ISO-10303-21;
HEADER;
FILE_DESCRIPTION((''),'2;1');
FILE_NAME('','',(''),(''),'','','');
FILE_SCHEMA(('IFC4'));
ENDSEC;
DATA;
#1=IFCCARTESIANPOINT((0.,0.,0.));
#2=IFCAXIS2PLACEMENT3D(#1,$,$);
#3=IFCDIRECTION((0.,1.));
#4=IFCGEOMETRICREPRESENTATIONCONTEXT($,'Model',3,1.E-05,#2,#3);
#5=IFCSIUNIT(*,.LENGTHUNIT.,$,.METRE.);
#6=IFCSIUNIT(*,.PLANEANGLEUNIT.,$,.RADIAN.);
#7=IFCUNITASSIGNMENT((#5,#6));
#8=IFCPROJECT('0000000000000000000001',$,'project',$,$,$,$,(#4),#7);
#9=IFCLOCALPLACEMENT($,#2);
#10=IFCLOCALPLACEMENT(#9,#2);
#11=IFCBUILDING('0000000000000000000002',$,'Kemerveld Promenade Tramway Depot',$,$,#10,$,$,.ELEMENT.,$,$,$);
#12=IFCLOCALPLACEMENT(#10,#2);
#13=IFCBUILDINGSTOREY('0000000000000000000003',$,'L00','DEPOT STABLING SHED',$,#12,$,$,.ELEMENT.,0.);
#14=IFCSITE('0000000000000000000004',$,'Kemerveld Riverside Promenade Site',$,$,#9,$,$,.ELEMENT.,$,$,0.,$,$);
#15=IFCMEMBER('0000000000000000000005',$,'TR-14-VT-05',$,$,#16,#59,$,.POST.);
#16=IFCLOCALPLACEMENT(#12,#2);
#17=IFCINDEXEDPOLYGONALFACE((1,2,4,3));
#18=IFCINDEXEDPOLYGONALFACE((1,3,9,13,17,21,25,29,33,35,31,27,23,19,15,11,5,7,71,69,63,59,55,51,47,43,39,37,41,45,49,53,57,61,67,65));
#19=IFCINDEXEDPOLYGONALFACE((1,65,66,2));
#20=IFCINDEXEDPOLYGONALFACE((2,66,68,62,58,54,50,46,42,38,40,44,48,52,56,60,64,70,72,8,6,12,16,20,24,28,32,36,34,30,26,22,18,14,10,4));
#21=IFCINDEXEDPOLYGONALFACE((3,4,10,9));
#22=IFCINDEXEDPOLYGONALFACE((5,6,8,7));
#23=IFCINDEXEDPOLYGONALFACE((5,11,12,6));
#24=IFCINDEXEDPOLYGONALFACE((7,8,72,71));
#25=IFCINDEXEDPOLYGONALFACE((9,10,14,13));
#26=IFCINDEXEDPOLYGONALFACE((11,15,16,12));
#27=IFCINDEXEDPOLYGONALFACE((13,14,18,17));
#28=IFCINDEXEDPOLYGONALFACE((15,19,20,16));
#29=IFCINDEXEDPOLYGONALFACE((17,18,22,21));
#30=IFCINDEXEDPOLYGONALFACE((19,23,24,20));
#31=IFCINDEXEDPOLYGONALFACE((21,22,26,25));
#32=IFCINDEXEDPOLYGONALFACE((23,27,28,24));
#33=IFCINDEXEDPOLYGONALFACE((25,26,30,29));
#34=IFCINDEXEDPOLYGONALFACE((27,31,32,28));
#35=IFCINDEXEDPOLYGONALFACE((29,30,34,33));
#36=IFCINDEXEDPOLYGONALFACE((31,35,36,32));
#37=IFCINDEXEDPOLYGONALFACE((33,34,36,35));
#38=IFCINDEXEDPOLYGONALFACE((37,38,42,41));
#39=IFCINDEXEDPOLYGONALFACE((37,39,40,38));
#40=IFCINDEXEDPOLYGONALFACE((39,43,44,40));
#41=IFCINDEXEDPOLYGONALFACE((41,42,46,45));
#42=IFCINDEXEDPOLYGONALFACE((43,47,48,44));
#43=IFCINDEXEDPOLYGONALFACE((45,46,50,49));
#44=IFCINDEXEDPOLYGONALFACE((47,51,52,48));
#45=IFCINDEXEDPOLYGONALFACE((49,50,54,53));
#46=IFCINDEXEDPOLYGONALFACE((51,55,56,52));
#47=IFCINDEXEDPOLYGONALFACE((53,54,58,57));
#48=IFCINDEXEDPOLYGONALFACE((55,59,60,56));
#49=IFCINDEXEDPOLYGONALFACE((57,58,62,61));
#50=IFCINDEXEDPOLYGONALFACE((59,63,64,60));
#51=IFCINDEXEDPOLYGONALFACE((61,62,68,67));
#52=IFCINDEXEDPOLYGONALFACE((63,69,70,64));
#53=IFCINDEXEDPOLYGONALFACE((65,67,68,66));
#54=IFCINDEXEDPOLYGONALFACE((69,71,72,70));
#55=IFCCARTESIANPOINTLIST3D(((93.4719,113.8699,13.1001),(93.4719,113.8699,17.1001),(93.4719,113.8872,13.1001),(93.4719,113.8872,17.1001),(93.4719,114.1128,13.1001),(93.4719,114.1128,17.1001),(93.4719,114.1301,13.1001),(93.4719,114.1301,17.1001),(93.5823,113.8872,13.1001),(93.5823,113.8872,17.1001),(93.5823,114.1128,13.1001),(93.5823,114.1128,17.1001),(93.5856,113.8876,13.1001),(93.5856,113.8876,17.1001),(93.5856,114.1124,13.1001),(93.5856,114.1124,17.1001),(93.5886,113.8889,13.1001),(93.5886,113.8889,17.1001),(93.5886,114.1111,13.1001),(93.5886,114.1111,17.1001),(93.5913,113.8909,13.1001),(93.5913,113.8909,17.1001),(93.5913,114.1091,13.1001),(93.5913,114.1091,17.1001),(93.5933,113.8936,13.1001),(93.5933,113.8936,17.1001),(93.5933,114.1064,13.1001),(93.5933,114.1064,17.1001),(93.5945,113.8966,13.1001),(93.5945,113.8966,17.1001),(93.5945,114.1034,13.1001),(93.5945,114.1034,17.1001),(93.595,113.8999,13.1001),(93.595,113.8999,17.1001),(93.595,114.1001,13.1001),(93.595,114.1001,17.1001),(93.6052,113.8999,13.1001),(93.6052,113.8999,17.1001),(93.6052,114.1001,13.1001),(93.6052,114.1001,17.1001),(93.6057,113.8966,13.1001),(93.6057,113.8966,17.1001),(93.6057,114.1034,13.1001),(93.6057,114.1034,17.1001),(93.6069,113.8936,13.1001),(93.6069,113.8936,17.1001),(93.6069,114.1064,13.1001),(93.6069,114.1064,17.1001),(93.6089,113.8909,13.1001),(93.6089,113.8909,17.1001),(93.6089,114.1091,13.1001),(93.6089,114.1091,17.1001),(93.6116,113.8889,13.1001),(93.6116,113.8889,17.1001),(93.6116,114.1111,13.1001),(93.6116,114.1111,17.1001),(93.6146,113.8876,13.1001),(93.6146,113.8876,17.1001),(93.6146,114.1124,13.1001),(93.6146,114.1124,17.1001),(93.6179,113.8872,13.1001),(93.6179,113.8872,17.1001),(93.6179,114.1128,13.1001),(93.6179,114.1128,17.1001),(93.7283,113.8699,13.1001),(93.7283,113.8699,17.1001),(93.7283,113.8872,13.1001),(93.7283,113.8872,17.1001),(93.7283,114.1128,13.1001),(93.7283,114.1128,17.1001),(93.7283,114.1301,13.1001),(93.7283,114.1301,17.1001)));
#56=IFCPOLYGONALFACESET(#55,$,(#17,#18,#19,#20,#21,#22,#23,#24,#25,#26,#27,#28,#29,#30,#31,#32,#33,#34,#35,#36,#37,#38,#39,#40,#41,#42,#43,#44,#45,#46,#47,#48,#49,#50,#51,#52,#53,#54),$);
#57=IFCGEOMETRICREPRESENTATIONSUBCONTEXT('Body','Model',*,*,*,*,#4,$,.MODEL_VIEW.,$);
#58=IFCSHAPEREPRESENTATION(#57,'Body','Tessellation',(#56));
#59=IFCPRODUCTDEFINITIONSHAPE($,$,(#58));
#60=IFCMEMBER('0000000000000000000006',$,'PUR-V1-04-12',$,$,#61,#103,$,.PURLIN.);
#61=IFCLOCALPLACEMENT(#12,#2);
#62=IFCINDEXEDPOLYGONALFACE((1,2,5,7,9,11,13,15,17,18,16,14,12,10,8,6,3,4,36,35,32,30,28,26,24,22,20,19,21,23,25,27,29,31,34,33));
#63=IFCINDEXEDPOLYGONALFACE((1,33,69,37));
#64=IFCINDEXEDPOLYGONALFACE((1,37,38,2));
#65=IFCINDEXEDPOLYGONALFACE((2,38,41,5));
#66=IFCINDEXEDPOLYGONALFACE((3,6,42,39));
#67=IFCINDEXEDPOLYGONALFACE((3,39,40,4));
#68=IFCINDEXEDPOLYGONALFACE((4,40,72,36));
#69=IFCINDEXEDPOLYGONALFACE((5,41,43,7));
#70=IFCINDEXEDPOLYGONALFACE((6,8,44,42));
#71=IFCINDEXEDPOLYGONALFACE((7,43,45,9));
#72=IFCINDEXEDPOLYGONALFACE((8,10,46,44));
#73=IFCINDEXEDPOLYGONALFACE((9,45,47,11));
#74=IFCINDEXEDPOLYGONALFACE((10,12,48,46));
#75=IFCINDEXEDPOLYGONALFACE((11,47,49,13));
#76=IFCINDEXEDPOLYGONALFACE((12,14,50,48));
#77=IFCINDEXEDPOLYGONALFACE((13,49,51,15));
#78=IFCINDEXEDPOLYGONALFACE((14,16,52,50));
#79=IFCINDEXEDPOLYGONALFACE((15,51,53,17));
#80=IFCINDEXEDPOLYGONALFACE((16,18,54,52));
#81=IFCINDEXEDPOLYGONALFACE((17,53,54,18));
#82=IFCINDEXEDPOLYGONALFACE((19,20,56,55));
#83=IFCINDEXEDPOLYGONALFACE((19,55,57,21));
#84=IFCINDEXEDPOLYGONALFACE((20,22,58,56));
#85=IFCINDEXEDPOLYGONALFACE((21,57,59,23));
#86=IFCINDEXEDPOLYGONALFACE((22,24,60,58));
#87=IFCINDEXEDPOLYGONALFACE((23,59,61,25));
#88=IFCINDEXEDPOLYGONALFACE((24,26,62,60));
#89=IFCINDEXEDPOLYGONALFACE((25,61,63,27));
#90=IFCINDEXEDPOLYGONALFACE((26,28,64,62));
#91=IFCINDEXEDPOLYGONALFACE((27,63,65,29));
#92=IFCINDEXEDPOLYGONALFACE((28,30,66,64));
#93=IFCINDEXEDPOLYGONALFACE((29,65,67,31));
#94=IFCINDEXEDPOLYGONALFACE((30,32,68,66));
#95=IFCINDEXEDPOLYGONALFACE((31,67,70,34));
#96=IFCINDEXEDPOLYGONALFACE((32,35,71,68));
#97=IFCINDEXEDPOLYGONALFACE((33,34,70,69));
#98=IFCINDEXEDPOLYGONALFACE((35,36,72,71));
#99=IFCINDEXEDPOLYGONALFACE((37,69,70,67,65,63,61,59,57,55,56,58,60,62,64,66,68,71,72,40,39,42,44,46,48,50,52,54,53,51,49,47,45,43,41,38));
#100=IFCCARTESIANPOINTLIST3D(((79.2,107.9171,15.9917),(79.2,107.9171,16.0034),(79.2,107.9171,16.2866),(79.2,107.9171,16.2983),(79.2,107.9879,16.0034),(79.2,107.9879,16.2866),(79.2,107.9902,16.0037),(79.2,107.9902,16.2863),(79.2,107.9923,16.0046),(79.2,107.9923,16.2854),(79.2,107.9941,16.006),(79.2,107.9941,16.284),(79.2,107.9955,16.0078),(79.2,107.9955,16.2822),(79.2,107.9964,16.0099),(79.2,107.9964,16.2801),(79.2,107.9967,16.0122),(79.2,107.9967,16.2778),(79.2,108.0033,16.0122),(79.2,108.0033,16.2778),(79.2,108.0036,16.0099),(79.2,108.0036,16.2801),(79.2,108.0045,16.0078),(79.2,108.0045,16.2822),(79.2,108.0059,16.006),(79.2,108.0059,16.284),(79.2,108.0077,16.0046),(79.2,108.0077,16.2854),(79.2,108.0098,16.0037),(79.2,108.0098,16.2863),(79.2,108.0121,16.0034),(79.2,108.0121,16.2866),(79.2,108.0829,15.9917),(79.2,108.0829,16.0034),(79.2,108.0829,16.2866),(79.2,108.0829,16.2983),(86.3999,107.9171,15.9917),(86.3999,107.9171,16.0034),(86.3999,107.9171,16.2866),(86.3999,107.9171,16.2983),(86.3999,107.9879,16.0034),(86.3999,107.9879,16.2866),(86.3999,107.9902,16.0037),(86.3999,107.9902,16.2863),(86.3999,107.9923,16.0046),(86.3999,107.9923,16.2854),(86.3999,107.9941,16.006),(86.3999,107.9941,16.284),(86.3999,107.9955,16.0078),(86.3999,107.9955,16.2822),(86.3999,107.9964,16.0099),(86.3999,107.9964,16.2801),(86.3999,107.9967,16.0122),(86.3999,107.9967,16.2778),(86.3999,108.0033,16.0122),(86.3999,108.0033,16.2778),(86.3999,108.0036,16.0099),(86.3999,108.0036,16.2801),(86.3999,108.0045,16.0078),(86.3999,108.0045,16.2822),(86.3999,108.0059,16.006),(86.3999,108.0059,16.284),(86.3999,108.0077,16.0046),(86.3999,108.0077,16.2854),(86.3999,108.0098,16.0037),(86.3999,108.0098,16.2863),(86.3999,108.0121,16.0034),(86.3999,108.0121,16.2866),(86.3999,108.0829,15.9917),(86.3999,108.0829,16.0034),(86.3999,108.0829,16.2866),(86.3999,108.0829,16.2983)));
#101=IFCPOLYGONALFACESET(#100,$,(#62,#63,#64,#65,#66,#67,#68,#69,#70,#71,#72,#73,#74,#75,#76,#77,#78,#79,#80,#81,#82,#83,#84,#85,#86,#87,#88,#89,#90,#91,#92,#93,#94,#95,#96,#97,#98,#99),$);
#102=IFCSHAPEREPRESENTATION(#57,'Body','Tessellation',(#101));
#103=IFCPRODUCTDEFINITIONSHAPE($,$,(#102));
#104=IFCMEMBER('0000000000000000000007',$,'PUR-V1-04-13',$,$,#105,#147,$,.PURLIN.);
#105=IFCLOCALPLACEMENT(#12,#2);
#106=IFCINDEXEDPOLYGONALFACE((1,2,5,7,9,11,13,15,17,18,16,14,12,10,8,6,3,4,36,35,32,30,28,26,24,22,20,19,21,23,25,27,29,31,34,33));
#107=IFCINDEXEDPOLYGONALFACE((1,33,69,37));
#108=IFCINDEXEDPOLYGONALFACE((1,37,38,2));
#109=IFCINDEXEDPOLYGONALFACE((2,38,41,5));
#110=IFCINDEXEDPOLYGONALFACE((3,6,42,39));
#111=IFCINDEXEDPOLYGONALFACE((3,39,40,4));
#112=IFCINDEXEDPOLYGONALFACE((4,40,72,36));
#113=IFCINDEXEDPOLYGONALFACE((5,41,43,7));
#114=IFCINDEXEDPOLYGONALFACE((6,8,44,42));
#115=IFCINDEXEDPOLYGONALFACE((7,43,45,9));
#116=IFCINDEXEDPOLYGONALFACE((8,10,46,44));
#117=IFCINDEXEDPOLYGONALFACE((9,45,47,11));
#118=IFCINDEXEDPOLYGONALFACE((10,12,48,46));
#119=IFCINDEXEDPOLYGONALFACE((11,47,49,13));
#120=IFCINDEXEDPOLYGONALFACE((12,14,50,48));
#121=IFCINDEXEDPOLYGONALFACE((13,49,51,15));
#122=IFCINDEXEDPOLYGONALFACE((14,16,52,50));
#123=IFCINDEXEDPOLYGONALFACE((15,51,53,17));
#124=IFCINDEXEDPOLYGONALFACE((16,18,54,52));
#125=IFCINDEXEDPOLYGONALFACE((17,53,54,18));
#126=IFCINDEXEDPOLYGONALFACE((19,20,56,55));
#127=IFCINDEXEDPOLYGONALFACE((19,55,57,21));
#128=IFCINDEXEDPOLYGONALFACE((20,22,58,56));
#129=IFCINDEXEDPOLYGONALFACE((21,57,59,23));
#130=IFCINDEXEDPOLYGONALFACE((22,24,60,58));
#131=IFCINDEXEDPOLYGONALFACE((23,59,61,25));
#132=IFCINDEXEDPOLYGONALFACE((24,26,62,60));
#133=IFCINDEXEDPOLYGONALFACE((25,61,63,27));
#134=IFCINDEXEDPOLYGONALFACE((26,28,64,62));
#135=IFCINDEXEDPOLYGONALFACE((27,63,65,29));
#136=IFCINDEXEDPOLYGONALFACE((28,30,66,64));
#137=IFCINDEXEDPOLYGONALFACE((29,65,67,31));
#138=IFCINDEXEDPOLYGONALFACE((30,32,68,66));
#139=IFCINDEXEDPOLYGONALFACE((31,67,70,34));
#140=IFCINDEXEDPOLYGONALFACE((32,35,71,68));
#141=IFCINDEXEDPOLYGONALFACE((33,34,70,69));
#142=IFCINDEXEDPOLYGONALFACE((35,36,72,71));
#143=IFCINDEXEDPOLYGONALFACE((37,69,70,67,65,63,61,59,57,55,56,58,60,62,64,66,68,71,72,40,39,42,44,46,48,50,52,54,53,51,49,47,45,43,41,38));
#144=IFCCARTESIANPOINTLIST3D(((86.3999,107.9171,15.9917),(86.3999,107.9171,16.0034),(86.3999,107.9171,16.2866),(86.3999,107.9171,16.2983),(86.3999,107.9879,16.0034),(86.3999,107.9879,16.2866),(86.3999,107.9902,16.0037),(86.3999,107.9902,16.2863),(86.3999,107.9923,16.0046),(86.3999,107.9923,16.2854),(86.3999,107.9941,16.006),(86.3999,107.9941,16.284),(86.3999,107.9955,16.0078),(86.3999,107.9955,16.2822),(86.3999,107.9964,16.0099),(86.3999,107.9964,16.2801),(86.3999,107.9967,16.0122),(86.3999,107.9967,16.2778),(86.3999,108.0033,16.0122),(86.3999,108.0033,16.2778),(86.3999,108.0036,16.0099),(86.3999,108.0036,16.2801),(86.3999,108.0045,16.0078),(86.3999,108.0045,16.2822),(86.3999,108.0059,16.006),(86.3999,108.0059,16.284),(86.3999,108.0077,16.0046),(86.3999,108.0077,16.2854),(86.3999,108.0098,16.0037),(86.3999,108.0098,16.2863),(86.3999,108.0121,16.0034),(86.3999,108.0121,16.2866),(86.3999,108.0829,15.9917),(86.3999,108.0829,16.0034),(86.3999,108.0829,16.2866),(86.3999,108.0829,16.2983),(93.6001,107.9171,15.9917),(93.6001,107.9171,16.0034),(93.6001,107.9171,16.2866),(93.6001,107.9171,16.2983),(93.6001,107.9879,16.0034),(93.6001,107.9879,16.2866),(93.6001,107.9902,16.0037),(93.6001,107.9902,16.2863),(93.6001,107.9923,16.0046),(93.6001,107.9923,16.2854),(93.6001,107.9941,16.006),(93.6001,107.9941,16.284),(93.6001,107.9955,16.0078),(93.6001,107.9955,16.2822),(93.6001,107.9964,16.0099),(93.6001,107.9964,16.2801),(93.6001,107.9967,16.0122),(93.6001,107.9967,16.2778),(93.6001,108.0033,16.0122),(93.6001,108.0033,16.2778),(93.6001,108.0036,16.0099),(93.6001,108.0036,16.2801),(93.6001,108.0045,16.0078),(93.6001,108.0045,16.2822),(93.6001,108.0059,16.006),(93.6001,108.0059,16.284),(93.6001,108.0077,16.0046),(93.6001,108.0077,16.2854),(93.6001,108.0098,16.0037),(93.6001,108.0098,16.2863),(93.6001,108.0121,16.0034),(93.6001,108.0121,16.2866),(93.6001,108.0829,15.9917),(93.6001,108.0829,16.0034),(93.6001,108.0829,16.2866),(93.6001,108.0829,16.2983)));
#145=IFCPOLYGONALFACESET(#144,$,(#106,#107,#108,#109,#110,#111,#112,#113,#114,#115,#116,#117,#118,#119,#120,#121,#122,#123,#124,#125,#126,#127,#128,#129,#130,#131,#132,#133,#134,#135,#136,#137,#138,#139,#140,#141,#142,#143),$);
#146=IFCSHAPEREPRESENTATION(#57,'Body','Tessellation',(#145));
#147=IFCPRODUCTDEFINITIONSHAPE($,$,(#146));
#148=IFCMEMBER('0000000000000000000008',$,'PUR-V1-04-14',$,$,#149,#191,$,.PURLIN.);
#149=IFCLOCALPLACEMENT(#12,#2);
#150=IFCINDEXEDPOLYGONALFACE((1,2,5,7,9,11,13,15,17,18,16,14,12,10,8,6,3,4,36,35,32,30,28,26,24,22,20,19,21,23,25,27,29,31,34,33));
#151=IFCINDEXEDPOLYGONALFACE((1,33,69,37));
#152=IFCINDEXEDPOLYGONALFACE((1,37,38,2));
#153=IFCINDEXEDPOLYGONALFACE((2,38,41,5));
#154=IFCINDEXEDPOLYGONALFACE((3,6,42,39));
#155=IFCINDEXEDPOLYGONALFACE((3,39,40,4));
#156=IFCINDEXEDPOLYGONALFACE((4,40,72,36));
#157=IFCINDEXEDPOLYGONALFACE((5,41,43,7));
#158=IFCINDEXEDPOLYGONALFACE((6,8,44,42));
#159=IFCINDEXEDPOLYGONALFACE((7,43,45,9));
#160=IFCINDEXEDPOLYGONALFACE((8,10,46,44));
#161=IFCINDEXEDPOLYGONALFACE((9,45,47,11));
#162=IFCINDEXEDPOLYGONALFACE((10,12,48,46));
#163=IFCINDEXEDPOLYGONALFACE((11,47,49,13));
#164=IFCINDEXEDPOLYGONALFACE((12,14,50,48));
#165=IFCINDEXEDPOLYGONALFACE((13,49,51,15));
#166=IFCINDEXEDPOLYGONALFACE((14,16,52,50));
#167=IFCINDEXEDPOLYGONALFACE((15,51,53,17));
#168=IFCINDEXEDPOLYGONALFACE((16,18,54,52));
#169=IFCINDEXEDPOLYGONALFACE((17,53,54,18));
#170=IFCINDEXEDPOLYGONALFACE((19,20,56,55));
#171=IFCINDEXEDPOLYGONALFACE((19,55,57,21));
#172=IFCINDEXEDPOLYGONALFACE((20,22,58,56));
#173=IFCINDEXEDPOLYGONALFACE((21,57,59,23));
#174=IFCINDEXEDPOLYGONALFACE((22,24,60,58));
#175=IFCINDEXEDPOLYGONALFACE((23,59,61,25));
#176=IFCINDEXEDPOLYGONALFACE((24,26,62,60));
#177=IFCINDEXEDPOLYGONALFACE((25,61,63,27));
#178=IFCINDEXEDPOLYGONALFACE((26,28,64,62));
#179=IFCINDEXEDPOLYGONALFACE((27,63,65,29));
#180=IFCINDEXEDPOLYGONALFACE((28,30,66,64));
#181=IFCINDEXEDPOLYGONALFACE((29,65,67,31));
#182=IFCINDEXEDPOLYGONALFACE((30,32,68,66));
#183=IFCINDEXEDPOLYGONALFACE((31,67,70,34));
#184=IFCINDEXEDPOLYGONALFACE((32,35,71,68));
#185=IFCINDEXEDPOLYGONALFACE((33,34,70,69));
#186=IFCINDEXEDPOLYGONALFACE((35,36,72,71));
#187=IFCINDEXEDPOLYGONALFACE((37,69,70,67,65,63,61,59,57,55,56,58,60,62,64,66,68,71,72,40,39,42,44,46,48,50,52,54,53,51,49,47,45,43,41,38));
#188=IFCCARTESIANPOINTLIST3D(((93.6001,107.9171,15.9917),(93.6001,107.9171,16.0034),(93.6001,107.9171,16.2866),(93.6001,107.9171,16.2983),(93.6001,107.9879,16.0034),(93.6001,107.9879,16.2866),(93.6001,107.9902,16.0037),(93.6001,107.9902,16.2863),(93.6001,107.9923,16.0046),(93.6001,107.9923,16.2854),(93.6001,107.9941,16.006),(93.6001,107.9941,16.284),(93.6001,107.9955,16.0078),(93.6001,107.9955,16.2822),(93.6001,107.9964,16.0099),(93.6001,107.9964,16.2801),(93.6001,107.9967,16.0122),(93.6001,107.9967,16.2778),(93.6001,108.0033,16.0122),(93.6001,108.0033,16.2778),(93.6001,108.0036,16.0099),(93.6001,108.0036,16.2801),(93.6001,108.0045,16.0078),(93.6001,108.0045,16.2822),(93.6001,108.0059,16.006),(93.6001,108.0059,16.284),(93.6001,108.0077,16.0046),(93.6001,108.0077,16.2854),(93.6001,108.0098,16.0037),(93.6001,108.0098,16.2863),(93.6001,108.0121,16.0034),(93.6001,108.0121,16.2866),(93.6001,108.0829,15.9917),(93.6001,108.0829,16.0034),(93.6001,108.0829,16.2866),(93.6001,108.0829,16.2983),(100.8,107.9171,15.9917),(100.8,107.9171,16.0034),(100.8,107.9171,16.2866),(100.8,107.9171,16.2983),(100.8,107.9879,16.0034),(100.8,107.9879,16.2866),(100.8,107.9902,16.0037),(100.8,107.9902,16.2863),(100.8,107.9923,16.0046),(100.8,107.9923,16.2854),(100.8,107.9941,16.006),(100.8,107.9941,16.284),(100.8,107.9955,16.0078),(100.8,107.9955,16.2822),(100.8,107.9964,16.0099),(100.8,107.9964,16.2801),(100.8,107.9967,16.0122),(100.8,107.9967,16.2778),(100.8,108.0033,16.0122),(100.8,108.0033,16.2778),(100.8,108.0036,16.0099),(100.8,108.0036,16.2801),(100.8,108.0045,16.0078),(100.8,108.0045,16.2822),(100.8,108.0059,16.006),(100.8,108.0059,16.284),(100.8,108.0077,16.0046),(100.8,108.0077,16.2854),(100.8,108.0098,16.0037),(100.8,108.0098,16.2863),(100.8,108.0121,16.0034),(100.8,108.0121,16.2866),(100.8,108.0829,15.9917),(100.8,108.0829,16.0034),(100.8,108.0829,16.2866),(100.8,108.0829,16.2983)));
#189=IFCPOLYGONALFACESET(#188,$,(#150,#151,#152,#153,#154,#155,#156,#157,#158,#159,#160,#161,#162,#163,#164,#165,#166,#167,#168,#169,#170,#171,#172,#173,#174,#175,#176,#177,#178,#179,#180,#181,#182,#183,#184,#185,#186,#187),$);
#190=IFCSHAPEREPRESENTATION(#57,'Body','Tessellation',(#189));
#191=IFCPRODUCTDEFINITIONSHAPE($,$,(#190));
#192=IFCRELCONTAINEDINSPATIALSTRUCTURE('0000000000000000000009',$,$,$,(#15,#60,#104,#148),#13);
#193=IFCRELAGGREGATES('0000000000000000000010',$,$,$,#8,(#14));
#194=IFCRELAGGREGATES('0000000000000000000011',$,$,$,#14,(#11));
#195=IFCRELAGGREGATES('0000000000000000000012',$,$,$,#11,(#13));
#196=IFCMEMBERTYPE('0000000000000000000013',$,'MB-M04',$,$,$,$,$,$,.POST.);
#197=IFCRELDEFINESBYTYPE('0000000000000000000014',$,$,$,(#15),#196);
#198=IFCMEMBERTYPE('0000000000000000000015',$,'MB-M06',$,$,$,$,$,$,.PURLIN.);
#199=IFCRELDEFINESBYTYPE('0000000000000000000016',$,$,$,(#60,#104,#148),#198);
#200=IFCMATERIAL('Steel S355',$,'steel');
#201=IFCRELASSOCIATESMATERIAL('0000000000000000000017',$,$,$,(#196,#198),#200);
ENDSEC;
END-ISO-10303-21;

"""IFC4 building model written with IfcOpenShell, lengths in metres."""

from ifc_helpers import new_model, si_unit, direction, frame, origin, origin_2d, place, context, subcontext, project, spatial, i_section, extrude, material, material_profile, profile_set, type_object, element, save


model = new_model("IFC4")

# Units and contexts
model_context = context("Model", 3, precision=1e-05, world=origin(), true_north=direction((0.0, 1.0)))
body_context = subcontext(model_context, "Body", "Model", "MODEL_VIEW")
ifc_project = project(units=[si_unit("LENGTHUNIT", "METRE"), si_unit("PLANEANGLEUNIT", "RADIAN")], contexts=[model_context])

# Site, building, storey
site_placement = place(None, origin())
site = spatial("IfcSite", under=ifc_project, at=site_placement, Name="Kemerveld Riverside Promenade Site", CompositionType="ELEMENT", RefElevation=0.0)
building_placement = place(site_placement, origin())
building = spatial("IfcBuilding", under=site, at=building_placement, Name="Kemerveld Promenade Tramway Depot", CompositionType="ELEMENT")
storey_placement = place(building_placement, origin())
storey = spatial("IfcBuildingStorey", under=building, at=storey_placement, Name="L00", Description="DEPOT STABLING SHED", CompositionType="ELEMENT", Elevation=0.0)

# Members
ifc_material_1 = material(Name="Steel S355", Category="steel")
ifc_material_profile_1 = material_profile(ifc_material_1, i_section(OverallWidth=0.2563, OverallDepth=0.2603, WebThickness=0.0103, FlangeThickness=0.0173, FilletRadius=0.0127, at=origin_2d()), Name="254x254x89 UC")
ifc_profile_set_1 = profile_set([ifc_material_profile_1], Name="Steel S355")
member_type_1 = type_object("IfcMemberType", Name="MB-M04", PredefinedType="POST", material=ifc_profile_set_1)
member_1_placement = place(storey_placement, frame((93.6001, 114.0, 13.1001), z_axis=(0.0, 0.0, 1.0), x_axis=(1.0, 0.0, 0.0)))
element("IfcMember", 1, at=member_1_placement, inside=storey, type_object=member_type_1, Name="TR-14-VT-05", PredefinedType="POST", context=body_context, shape_type="SweptSolid", body=[
    extrude(i_section(OverallWidth=0.2563, OverallDepth=0.2603, WebThickness=0.0103, FlangeThickness=0.0173, FilletRadius=0.0127, at=origin_2d()), origin(), (0.0, 0.0, 1.0), 4.0),
])
ifc_material_profile_2 = material_profile(ifc_material_1, i_section(OverallWidth=0.1658, OverallDepth=0.3066, WebThickness=0.0066, FlangeThickness=0.0117, FilletRadius=0.0088, at=origin_2d()), Name="305x165x46 UB")
ifc_profile_set_2 = profile_set([ifc_material_profile_2], Name="Steel S355")
member_type_2 = type_object("IfcMemberType", Name="MB-M06", PredefinedType="PURLIN", material=ifc_profile_set_2)
member_2_placement = place(storey_placement, frame((79.2, 108.0, 16.145), z_axis=(1.0, 0.0, 0.0), x_axis=(0.0, 1.0, 0.0)))
element("IfcMember", 2, at=member_2_placement, inside=storey, type_object=member_type_2, Name="PUR-V1-04-12", PredefinedType="PURLIN", context=body_context, shape_type="SweptSolid", body=[
    extrude(i_section(OverallWidth=0.1658, OverallDepth=0.3066, WebThickness=0.0066, FlangeThickness=0.0117, FilletRadius=0.0088, at=origin_2d()), origin(), (0.0, 0.0, 1.0), 7.2),
])
member_3_placement = place(storey_placement, frame((86.3999, 108.0, 16.145), z_axis=(1.0, 0.0, 0.0), x_axis=(0.0, 1.0, 0.0)))
element("IfcMember", 3, at=member_3_placement, inside=storey, type_object=member_type_2, Name="PUR-V1-04-13", PredefinedType="PURLIN", context=body_context, shape_type="SweptSolid", body=[
    extrude(i_section(OverallWidth=0.1658, OverallDepth=0.3066, WebThickness=0.0066, FlangeThickness=0.0117, FilletRadius=0.0088, at=origin_2d()), origin(), (0.0, 0.0, 1.0), 7.2002),
])
member_4_placement = place(storey_placement, frame((93.6001, 108.0, 16.145), z_axis=(1.0, 0.0, 0.0), x_axis=(0.0, 1.0, 0.0)))
element("IfcMember", 4, at=member_4_placement, inside=storey, type_object=member_type_2, Name="PUR-V1-04-14", PredefinedType="PURLIN", context=body_context, shape_type="SweptSolid", body=[
    extrude(i_section(OverallWidth=0.1658, OverallDepth=0.3066, WebThickness=0.0066, FlangeThickness=0.0117, FilletRadius=0.0088, at=origin_2d()), origin(), (0.0, 0.0, 1.0), 7.2),
])

save(model, "model.ifc")
